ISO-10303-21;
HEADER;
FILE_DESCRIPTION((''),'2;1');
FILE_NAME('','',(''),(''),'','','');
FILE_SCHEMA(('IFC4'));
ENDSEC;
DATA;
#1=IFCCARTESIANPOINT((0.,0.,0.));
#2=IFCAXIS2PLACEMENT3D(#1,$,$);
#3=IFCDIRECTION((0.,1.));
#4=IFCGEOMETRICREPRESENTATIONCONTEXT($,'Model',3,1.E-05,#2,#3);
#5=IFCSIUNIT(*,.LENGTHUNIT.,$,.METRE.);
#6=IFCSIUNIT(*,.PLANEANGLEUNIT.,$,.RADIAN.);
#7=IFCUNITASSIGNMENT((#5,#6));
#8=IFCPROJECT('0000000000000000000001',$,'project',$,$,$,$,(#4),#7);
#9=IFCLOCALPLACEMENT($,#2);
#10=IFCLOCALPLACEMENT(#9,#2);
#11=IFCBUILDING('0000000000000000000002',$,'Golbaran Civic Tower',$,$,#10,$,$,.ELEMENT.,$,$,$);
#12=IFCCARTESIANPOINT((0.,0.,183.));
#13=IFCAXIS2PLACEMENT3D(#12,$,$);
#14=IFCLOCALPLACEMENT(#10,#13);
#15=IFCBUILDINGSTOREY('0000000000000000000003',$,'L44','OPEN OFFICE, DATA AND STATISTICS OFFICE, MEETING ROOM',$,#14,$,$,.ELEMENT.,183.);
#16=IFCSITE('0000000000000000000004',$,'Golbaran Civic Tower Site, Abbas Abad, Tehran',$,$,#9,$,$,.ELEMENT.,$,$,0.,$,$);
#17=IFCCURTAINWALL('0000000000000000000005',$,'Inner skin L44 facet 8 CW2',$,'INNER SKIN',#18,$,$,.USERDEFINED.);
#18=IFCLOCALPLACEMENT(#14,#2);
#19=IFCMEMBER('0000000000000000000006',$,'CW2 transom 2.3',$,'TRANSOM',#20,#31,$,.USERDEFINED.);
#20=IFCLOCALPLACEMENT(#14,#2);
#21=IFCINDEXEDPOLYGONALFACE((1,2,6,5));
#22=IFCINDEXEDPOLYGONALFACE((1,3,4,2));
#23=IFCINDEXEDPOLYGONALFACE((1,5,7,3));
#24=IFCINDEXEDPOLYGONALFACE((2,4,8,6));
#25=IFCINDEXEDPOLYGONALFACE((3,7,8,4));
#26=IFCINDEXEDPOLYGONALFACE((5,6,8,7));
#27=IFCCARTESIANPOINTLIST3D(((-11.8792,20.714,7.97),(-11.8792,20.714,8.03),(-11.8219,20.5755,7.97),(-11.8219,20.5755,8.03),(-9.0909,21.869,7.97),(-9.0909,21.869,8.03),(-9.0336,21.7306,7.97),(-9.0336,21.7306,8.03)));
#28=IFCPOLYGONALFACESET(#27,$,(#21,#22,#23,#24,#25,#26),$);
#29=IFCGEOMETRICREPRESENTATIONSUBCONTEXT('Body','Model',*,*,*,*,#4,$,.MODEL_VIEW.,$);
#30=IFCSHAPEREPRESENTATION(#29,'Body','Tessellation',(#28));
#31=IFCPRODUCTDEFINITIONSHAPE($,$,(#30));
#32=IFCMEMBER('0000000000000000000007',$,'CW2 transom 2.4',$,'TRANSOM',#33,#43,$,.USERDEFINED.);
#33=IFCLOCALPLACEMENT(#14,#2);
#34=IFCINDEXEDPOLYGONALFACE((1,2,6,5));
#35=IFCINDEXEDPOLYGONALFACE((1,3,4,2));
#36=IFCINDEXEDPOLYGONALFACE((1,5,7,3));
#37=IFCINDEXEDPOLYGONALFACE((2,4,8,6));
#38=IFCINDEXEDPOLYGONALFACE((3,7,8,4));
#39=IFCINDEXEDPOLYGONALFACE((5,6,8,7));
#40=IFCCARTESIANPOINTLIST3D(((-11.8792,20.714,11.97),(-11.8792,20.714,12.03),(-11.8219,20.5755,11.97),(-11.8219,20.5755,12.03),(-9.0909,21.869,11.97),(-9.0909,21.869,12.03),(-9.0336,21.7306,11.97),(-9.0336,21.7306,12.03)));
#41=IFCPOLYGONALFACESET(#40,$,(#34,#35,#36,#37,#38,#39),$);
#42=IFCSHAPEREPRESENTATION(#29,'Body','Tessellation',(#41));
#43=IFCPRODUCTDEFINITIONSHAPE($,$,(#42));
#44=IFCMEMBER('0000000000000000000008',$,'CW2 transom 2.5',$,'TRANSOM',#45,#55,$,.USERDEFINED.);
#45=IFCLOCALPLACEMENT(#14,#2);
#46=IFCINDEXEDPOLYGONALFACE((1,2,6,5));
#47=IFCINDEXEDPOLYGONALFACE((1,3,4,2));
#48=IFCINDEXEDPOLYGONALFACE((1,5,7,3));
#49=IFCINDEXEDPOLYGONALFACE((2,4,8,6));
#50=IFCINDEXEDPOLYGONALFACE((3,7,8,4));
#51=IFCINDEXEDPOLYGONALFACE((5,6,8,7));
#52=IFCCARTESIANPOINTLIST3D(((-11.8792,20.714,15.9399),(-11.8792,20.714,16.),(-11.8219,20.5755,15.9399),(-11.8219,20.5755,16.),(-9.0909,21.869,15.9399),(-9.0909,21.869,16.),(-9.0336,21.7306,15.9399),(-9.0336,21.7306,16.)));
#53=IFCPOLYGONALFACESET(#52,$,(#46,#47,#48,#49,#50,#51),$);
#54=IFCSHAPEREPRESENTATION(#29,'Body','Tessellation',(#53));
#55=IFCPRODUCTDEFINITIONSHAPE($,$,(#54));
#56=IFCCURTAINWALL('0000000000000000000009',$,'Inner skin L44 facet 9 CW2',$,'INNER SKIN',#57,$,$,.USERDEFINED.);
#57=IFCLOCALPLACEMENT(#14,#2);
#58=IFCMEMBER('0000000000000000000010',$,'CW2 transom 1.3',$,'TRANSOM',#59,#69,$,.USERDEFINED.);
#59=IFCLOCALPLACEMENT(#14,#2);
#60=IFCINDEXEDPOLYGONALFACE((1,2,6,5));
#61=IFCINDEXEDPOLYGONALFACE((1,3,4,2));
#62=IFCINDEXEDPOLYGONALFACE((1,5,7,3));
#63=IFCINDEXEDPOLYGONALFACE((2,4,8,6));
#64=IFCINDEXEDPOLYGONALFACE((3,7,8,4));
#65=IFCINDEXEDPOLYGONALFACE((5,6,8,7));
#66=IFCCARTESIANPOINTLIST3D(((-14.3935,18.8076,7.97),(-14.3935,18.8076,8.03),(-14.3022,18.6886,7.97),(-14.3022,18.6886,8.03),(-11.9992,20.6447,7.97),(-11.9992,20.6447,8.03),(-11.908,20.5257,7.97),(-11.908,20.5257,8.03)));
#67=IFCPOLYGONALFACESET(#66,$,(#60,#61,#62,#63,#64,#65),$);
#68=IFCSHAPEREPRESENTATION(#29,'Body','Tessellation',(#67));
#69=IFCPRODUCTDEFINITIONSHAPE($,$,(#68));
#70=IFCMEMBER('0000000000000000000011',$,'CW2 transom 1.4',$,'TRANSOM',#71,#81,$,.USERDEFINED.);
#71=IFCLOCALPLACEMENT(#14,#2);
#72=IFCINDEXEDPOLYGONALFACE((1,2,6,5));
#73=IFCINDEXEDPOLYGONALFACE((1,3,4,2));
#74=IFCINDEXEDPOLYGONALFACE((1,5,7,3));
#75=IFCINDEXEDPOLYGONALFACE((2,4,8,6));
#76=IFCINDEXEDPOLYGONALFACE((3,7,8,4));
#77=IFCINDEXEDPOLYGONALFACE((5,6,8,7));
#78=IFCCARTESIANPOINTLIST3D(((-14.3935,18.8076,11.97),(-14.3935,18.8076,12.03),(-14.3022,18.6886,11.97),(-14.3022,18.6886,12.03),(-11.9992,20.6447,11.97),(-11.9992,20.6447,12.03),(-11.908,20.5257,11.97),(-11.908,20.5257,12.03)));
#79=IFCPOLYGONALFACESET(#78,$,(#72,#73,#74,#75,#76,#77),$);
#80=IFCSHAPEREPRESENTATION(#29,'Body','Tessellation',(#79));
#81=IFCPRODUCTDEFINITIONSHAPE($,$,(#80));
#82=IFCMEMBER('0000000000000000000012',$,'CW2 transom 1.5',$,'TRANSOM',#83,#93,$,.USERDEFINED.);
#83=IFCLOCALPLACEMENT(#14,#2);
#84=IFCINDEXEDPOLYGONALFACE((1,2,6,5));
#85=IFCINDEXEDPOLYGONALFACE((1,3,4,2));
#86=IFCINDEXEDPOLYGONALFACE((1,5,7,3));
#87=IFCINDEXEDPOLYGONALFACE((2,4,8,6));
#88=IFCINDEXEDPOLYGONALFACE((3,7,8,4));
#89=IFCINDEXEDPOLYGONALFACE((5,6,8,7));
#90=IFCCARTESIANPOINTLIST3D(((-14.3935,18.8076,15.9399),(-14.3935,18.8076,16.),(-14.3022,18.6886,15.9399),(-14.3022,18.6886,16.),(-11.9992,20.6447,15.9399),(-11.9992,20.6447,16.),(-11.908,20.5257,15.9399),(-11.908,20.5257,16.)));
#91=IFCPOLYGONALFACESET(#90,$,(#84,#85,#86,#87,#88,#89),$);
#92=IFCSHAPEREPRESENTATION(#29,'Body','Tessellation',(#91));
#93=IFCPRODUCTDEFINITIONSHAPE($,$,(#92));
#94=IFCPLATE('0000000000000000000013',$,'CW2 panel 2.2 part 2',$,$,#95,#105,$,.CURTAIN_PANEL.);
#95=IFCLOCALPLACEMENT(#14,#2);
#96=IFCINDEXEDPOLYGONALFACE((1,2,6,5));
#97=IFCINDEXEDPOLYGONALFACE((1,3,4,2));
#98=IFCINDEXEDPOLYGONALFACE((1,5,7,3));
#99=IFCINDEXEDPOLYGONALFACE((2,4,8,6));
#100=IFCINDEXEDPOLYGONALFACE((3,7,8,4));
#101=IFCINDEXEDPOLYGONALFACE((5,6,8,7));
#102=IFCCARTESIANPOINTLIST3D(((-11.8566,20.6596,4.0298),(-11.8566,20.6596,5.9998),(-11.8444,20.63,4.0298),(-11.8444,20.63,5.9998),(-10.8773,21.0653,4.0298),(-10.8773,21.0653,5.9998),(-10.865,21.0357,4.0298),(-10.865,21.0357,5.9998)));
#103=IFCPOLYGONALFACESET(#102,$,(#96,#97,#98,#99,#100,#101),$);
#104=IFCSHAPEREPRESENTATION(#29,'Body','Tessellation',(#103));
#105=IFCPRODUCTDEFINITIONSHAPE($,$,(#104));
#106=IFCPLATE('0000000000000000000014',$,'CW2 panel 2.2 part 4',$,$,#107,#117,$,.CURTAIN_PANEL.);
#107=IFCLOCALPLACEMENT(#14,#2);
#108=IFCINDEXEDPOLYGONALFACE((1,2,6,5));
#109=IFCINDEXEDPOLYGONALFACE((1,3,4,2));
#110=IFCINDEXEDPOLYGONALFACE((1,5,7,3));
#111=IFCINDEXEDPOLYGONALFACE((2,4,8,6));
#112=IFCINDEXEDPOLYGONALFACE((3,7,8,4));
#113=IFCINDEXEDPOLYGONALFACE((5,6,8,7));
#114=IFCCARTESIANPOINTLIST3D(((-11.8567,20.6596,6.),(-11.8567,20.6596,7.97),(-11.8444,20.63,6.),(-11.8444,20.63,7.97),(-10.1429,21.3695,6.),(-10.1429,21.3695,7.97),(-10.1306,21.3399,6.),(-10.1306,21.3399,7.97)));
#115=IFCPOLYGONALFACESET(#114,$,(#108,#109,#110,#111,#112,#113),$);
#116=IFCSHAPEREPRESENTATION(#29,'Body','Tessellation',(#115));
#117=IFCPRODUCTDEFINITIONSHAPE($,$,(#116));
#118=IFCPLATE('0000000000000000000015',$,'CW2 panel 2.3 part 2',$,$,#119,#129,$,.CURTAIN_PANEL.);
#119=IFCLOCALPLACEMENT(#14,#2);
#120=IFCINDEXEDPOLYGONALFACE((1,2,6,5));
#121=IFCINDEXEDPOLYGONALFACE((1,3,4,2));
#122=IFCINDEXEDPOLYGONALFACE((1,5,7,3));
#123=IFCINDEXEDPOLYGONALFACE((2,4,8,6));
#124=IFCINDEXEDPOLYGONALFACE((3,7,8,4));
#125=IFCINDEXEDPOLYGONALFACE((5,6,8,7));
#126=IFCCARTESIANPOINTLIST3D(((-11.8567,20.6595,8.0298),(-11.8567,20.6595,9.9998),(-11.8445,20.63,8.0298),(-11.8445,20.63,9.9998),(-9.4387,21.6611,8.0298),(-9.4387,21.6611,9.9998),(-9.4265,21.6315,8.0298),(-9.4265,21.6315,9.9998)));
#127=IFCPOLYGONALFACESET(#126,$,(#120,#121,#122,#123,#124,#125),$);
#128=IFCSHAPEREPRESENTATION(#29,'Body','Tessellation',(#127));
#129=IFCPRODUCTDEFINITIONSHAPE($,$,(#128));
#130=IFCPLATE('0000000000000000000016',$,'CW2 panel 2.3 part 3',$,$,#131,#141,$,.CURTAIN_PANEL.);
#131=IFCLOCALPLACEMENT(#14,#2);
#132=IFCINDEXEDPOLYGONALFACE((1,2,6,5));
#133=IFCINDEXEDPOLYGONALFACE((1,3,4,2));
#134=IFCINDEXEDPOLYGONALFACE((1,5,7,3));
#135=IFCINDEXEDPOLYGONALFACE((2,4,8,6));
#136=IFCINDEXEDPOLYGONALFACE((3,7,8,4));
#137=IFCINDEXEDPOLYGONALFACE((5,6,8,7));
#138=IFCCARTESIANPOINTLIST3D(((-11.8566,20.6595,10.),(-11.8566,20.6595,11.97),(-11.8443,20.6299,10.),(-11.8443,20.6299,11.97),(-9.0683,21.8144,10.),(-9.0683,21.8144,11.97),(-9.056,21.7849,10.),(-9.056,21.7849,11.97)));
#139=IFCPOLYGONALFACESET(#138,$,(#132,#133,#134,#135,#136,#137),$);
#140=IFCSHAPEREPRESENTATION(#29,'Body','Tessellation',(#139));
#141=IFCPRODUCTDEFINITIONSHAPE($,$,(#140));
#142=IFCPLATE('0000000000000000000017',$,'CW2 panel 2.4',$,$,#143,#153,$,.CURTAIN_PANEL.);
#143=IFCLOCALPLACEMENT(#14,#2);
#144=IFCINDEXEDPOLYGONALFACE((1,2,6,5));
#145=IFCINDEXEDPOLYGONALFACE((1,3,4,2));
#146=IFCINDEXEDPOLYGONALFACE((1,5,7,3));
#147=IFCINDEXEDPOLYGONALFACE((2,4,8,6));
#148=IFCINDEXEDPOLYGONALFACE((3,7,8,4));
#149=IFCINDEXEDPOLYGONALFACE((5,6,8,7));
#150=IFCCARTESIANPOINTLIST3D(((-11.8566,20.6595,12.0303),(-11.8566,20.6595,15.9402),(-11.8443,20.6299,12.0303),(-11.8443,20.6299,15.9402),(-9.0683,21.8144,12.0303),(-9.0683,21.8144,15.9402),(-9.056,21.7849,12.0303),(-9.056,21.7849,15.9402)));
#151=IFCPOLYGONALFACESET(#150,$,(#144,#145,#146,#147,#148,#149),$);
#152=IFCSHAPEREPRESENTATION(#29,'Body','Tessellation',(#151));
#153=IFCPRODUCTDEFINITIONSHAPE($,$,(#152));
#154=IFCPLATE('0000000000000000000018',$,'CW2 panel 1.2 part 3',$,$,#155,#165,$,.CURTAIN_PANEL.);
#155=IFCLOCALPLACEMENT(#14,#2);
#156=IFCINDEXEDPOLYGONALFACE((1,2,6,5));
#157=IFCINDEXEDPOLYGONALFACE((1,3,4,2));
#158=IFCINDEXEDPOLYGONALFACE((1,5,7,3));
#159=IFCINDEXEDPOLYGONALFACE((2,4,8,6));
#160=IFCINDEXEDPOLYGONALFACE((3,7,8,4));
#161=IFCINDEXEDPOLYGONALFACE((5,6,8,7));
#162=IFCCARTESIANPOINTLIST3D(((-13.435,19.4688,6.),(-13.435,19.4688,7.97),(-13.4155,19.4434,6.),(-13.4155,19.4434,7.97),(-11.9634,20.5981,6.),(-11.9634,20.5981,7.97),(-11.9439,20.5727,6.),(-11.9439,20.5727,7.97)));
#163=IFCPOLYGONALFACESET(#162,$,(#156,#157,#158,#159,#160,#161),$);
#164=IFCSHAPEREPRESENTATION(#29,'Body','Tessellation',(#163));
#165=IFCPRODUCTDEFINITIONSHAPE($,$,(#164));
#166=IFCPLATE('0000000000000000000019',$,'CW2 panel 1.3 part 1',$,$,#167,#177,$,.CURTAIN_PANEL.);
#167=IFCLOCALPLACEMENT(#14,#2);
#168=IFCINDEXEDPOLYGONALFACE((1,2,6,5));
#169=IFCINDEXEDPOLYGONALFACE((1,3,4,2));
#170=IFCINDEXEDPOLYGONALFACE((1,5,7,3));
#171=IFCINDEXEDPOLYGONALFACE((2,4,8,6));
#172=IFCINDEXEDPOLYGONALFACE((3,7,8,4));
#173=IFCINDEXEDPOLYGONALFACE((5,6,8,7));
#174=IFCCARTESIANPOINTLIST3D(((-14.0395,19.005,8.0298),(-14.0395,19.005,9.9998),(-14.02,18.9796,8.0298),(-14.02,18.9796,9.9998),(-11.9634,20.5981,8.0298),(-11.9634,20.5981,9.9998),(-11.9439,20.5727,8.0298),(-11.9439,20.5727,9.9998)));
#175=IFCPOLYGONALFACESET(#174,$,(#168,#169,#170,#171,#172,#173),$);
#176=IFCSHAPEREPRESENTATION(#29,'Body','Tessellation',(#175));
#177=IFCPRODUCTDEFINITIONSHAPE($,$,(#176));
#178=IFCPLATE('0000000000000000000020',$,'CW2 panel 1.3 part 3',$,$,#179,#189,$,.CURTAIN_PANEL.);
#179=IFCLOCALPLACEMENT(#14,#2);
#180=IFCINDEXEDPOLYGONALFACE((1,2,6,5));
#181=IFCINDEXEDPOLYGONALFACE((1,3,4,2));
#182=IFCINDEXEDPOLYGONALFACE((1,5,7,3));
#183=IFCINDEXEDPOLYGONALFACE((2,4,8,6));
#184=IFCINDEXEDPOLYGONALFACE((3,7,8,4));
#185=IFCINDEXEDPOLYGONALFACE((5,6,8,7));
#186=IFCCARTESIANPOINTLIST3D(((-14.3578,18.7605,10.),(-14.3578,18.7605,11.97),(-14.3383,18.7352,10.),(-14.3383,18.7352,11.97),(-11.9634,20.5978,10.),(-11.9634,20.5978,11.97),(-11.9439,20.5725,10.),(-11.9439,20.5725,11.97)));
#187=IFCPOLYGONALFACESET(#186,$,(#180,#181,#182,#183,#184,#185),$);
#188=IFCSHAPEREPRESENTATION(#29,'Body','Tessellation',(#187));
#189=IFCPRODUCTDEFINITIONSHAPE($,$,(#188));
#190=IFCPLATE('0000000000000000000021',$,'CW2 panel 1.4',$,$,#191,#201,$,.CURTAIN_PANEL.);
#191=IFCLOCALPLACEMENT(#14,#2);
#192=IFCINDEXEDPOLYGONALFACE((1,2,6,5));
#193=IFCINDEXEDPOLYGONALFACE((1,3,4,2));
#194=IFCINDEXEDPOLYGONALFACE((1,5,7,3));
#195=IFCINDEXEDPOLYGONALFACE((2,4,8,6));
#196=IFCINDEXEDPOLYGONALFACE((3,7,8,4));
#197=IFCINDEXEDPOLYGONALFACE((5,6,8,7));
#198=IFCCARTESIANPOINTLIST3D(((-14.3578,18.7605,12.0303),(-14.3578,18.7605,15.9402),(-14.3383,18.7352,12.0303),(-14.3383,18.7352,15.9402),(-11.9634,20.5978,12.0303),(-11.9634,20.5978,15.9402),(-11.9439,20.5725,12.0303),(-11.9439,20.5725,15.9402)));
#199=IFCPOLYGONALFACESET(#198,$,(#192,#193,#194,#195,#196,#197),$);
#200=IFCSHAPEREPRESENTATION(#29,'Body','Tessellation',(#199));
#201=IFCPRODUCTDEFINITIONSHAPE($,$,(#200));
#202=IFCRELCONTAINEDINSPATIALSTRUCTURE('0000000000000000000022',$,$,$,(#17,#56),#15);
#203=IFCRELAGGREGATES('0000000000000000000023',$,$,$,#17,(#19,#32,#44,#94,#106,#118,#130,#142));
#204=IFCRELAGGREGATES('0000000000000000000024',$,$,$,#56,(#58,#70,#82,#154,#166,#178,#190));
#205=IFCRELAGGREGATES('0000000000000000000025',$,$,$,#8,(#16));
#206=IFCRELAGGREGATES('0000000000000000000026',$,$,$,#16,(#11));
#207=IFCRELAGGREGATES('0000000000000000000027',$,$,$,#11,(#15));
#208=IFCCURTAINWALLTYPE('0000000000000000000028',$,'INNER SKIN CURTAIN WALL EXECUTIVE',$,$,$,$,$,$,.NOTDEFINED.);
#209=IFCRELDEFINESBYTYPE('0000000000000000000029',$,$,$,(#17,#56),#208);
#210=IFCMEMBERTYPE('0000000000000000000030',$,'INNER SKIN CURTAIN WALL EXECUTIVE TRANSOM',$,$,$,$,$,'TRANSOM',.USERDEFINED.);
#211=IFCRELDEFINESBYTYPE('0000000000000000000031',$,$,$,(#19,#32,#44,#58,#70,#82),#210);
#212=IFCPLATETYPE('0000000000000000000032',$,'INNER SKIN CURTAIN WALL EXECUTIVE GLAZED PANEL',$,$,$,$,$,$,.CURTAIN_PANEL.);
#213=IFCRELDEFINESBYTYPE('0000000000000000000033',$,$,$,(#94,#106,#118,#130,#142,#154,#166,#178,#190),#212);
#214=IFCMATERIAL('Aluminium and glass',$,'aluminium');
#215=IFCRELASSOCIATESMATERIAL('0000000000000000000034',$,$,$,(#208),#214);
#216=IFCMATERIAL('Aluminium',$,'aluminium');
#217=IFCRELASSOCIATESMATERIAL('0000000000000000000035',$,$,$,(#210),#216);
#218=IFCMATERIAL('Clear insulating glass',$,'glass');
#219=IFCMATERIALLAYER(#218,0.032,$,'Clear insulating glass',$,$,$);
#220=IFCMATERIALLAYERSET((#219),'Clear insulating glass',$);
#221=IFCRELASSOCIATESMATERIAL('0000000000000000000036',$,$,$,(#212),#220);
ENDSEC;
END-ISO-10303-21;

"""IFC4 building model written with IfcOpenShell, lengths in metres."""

from ifc_helpers import new_model, si_unit, direction, frame, origin, origin_2d, place, context, subcontext, project, spatial, rectangle, extrude, material, layer, layer_set, material_profile, profile_set, type_object, element, aggregate, save


model = new_model("IFC4")

# Units and contexts
model_context = context("Model", 3, precision=1e-05, world=origin(), true_north=direction((0.0, 1.0)))
body_context = subcontext(model_context, "Body", "Model", "MODEL_VIEW")
ifc_project = project(units=[si_unit("LENGTHUNIT", "METRE"), si_unit("PLANEANGLEUNIT", "RADIAN")], contexts=[model_context])

# Site, building, storey
site_placement = place(None, origin())
site = spatial("IfcSite", under=ifc_project, at=site_placement, Name="Golbaran Civic Tower Site, Abbas Abad, Tehran", CompositionType="ELEMENT", RefElevation=0.0)
building_placement = place(site_placement, origin())
building = spatial("IfcBuilding", under=site, at=building_placement, Name="Golbaran Civic Tower", CompositionType="ELEMENT")
storey_placement = place(building_placement, frame((0.0, 0.0, 183.0)))
storey = spatial("IfcBuildingStorey", under=building, at=storey_placement, Name="L44", Description="OPEN OFFICE, DATA AND STATISTICS OFFICE, MEETING ROOM", CompositionType="ELEMENT", Elevation=183.0)

# Curtain walls, members
ifc_material_1 = material(Name="Aluminium and glass", Category="aluminium")
curtain_wall_type_1 = type_object("IfcCurtainWallType", Name="INNER SKIN CURTAIN WALL EXECUTIVE", PredefinedType="NOTDEFINED", material=ifc_material_1)
curtain_wall_1_placement = place(storey_placement, origin())
curtain_wall_1 = element("IfcCurtainWall", 1, at=curtain_wall_1_placement, inside=storey, type_object=curtain_wall_type_1, Name="Inner skin L44 facet 8 CW2", ObjectType="INNER SKIN", PredefinedType="USERDEFINED")
ifc_material_2 = material(Name="Aluminium", Category="aluminium")
ifc_material_profile = material_profile(ifc_material_2, rectangle(XDim=0.1499, YDim=0.0601, at=origin_2d()), Name="INNER SKIN CURTAIN WALL EXECUTIVE TRANSOM")
ifc_profile_set = profile_set([ifc_material_profile], Name="Aluminium")
member_type = type_object("IfcMemberType", Name="INNER SKIN CURTAIN WALL EXECUTIVE TRANSOM", ElementType="TRANSOM", PredefinedType="USERDEFINED", material=ifc_profile_set)
member_1_placement = place(storey_placement, frame((-9.0623, 21.7998, 8.0), z_axis=(-0.923872, -0.382702, 0.0), x_axis=(0.382702, -0.923872, 0.0)))
member_1 = element("IfcMember", 2, at=member_1_placement, type_object=member_type, Name="CW2 transom 2.3", ObjectType="TRANSOM", PredefinedType="USERDEFINED", context=body_context, shape_type="SweptSolid", body=[
    extrude(rectangle(XDim=0.1499, YDim=0.0601, at=origin_2d()), origin(), (0.0, 0.0, 1.0), 3.0181),
])
member_2_placement = place(storey_placement, frame((-9.0623, 21.7998, 12.0), z_axis=(-0.923872, -0.382702, 0.0), x_axis=(0.382702, -0.923872, 0.0)))
member_2 = element("IfcMember", 3, at=member_2_placement, type_object=member_type, Name="CW2 transom 2.4", ObjectType="TRANSOM", PredefinedType="USERDEFINED", context=body_context, shape_type="SweptSolid", body=[
    extrude(rectangle(XDim=0.1499, YDim=0.0601, at=origin_2d()), origin(), (0.0, 0.0, 1.0), 3.0181),
])
member_3_placement = place(storey_placement, frame((-9.0623, 21.7998, 15.97), z_axis=(-0.923872, -0.382702, 0.0), x_axis=(0.382702, -0.923872, 0.0)))
member_3 = element("IfcMember", 4, at=member_3_placement, type_object=member_type, Name="CW2 transom 2.5", ObjectType="TRANSOM", PredefinedType="USERDEFINED", context=body_context, shape_type="SweptSolid", body=[
    extrude(rectangle(XDim=0.1499, YDim=0.0601, at=origin_2d()), origin(), (0.0, 0.0, 1.0), 3.0181),
])
curtain_wall_2_placement = place(storey_placement, origin())
curtain_wall_2 = element("IfcCurtainWall", 5, at=curtain_wall_2_placement, inside=storey, type_object=curtain_wall_type_1, Name="Inner skin L44 facet 9 CW2", ObjectType="INNER SKIN", PredefinedType="USERDEFINED")
member_4_placement = place(storey_placement, frame((-11.9536, 20.5852, 8.0), z_axis=(-0.79336, -0.608752, 0.0), x_axis=(0.608752, -0.79336, 0.0)))
member_4 = element("IfcMember", 6, at=member_4_placement, type_object=member_type, Name="CW2 transom 1.3", ObjectType="TRANSOM", PredefinedType="USERDEFINED", context=body_context, shape_type="SweptSolid", body=[
    extrude(rectangle(XDim=0.1499, YDim=0.0601, at=origin_2d()), origin(), (0.0, 0.0, 1.0), 3.0178),
])
member_5_placement = place(storey_placement, frame((-11.9536, 20.5852, 12.0), z_axis=(-0.79336, -0.608752, 0.0), x_axis=(0.608752, -0.79336, 0.0)))
member_5 = element("IfcMember", 7, at=member_5_placement, type_object=member_type, Name="CW2 transom 1.4", ObjectType="TRANSOM", PredefinedType="USERDEFINED", context=body_context, shape_type="SweptSolid", body=[
    extrude(rectangle(XDim=0.1499, YDim=0.0601, at=origin_2d()), origin(), (0.0, 0.0, 1.0), 3.0178),
])
member_6_placement = place(storey_placement, frame((-11.9536, 20.5852, 15.97), z_axis=(-0.79336, -0.608752, 0.0), x_axis=(0.608752, -0.79336, 0.0)))
member_6 = element("IfcMember", 8, at=member_6_placement, type_object=member_type, Name="CW2 transom 1.5", ObjectType="TRANSOM", PredefinedType="USERDEFINED", context=body_context, shape_type="SweptSolid", body=[
    extrude(rectangle(XDim=0.1499, YDim=0.0601, at=origin_2d()), origin(), (0.0, 0.0, 1.0), 3.0178),
])

# Plates
ifc_material_3 = material(Name="Clear insulating glass", Category="glass")
ifc_layer_1 = layer(ifc_material_3, 0.032, Name="Clear insulating glass")
ifc_layer_set_1 = layer_set([ifc_layer_1], Name="Clear insulating glass")
plate_type_1 = type_object("IfcPlateType", Name="INNER SKIN CURTAIN WALL EXECUTIVE GLAZED PANEL", PredefinedType="CURTAIN_PANEL", material=ifc_layer_set_1)
plate_1_placement = place(storey_placement, frame((-11.3608, 20.8477, 4.0298), z_axis=(0.0, 0.0, 1.0), x_axis=(-0.92388, -0.382683, 0.0)))
plate_1 = element("IfcPlate", 9, at=plate_1_placement, type_object=plate_type_1, Name="CW2 panel 2.2 part 2", PredefinedType="CURTAIN_PANEL", context=body_context, shape_type="SweptSolid", body=[
    extrude(rectangle(XDim=1.0601, YDim=0.032, at=origin_2d()), origin(), (0.0, 0.0, 1.0), 1.97),
])
plate_2_placement = place(storey_placement, frame((-10.9937, 20.9998, 6.0), z_axis=(0.0, 0.0, 1.0), x_axis=(-0.92388, -0.382683, 0.0)))
plate_2 = element("IfcPlate", 10, at=plate_2_placement, type_object=plate_type_1, Name="CW2 panel 2.2 part 4", PredefinedType="CURTAIN_PANEL", context=body_context, shape_type="SweptSolid", body=[
    extrude(rectangle(XDim=1.855, YDim=0.032, at=origin_2d()), origin(), (0.0, 0.0, 1.0), 1.97),
])
plate_3_placement = place(storey_placement, frame((-10.6416, 21.1455, 8.0298), z_axis=(0.0, 0.0, 1.0), x_axis=(-0.92388, -0.382683, 0.0)))
plate_3 = element("IfcPlate", 11, at=plate_3_placement, type_object=plate_type_1, Name="CW2 panel 2.3 part 2", PredefinedType="CURTAIN_PANEL", context=body_context, shape_type="SweptSolid", body=[
    extrude(rectangle(XDim=2.6172, YDim=0.032, at=origin_2d()), origin(), (0.0, 0.0, 1.0), 1.97),
])
plate_4_placement = place(storey_placement, frame((-10.4563, 21.2222, 10.0), z_axis=(0.0, 0.0, 1.0), x_axis=(-0.92388, -0.382683, 0.0)))
plate_4 = element("IfcPlate", 12, at=plate_4_placement, type_object=plate_type_1, Name="CW2 panel 2.3 part 3", PredefinedType="CURTAIN_PANEL", context=body_context, shape_type="SweptSolid", body=[
    extrude(rectangle(XDim=3.0181, YDim=0.032, at=origin_2d()), origin(), (0.0, 0.0, 1.0), 1.97),
])
plate_5_placement = place(storey_placement, frame((-10.4563, 21.2222, 12.0303), z_axis=(0.0, 0.0, 1.0), x_axis=(-0.92388, -0.382683, 0.0)))
plate_5 = element("IfcPlate", 13, at=plate_5_placement, type_object=plate_type_1, Name="CW2 panel 2.4", PredefinedType="CURTAIN_PANEL", context=body_context, shape_type="SweptSolid", body=[
    extrude(rectangle(XDim=3.0181, YDim=0.032, at=origin_2d()), origin(), (0.0, 0.0, 1.0), 3.9099),
])
plate_6_placement = place(storey_placement, frame((-12.6895, 20.0208, 6.0), z_axis=(0.0, 0.0, 1.0), x_axis=(-0.793353, -0.608761, 0.0)))
plate_6 = element("IfcPlate", 14, at=plate_6_placement, type_object=plate_type_1, Name="CW2 panel 1.2 part 3", PredefinedType="CURTAIN_PANEL", context=body_context, shape_type="SweptSolid", body=[
    extrude(rectangle(XDim=1.855, YDim=0.032, at=origin_2d()), origin(), (0.0, 0.0, 1.0), 1.97),
])
plate_7_placement = place(storey_placement, frame((-12.9917, 19.7888, 8.0298), z_axis=(0.0, 0.0, 1.0), x_axis=(-0.793353, -0.608761, 0.0)))
plate_7 = element("IfcPlate", 15, at=plate_7_placement, type_object=plate_type_1, Name="CW2 panel 1.3 part 1", PredefinedType="CURTAIN_PANEL", context=body_context, shape_type="SweptSolid", body=[
    extrude(rectangle(XDim=2.6169, YDim=0.032, at=origin_2d()), origin(), (0.0, 0.0, 1.0), 1.97),
])
plate_8_placement = place(storey_placement, frame((-13.1509, 19.6665, 10.0), z_axis=(0.0, 0.0, 1.0), x_axis=(-0.793353, -0.608761, 0.0)))
plate_8 = element("IfcPlate", 16, at=plate_8_placement, type_object=plate_type_1, Name="CW2 panel 1.3 part 3", PredefinedType="CURTAIN_PANEL", context=body_context, shape_type="SweptSolid", body=[
    extrude(rectangle(XDim=3.0181, YDim=0.032, at=origin_2d()), origin(), (0.0, 0.0, 1.0), 1.97),
])
plate_9_placement = place(storey_placement, frame((-13.1509, 19.6665, 12.0303), z_axis=(0.0, 0.0, 1.0), x_axis=(-0.793353, -0.608761, 0.0)))
plate_9 = element("IfcPlate", 17, at=plate_9_placement, type_object=plate_type_1, Name="CW2 panel 1.4", PredefinedType="CURTAIN_PANEL", context=body_context, shape_type="SweptSolid", body=[
    extrude(rectangle(XDim=3.0181, YDim=0.032, at=origin_2d()), origin(), (0.0, 0.0, 1.0), 3.9099),
])
aggregate(curtain_wall_1, [member_1, member_2, member_3, plate_1, plate_2, plate_3, plate_4, plate_5])
aggregate(curtain_wall_2, [member_4, member_5, member_6, plate_6, plate_7, plate_8, plate_9])

save(model, "model.ifc")
